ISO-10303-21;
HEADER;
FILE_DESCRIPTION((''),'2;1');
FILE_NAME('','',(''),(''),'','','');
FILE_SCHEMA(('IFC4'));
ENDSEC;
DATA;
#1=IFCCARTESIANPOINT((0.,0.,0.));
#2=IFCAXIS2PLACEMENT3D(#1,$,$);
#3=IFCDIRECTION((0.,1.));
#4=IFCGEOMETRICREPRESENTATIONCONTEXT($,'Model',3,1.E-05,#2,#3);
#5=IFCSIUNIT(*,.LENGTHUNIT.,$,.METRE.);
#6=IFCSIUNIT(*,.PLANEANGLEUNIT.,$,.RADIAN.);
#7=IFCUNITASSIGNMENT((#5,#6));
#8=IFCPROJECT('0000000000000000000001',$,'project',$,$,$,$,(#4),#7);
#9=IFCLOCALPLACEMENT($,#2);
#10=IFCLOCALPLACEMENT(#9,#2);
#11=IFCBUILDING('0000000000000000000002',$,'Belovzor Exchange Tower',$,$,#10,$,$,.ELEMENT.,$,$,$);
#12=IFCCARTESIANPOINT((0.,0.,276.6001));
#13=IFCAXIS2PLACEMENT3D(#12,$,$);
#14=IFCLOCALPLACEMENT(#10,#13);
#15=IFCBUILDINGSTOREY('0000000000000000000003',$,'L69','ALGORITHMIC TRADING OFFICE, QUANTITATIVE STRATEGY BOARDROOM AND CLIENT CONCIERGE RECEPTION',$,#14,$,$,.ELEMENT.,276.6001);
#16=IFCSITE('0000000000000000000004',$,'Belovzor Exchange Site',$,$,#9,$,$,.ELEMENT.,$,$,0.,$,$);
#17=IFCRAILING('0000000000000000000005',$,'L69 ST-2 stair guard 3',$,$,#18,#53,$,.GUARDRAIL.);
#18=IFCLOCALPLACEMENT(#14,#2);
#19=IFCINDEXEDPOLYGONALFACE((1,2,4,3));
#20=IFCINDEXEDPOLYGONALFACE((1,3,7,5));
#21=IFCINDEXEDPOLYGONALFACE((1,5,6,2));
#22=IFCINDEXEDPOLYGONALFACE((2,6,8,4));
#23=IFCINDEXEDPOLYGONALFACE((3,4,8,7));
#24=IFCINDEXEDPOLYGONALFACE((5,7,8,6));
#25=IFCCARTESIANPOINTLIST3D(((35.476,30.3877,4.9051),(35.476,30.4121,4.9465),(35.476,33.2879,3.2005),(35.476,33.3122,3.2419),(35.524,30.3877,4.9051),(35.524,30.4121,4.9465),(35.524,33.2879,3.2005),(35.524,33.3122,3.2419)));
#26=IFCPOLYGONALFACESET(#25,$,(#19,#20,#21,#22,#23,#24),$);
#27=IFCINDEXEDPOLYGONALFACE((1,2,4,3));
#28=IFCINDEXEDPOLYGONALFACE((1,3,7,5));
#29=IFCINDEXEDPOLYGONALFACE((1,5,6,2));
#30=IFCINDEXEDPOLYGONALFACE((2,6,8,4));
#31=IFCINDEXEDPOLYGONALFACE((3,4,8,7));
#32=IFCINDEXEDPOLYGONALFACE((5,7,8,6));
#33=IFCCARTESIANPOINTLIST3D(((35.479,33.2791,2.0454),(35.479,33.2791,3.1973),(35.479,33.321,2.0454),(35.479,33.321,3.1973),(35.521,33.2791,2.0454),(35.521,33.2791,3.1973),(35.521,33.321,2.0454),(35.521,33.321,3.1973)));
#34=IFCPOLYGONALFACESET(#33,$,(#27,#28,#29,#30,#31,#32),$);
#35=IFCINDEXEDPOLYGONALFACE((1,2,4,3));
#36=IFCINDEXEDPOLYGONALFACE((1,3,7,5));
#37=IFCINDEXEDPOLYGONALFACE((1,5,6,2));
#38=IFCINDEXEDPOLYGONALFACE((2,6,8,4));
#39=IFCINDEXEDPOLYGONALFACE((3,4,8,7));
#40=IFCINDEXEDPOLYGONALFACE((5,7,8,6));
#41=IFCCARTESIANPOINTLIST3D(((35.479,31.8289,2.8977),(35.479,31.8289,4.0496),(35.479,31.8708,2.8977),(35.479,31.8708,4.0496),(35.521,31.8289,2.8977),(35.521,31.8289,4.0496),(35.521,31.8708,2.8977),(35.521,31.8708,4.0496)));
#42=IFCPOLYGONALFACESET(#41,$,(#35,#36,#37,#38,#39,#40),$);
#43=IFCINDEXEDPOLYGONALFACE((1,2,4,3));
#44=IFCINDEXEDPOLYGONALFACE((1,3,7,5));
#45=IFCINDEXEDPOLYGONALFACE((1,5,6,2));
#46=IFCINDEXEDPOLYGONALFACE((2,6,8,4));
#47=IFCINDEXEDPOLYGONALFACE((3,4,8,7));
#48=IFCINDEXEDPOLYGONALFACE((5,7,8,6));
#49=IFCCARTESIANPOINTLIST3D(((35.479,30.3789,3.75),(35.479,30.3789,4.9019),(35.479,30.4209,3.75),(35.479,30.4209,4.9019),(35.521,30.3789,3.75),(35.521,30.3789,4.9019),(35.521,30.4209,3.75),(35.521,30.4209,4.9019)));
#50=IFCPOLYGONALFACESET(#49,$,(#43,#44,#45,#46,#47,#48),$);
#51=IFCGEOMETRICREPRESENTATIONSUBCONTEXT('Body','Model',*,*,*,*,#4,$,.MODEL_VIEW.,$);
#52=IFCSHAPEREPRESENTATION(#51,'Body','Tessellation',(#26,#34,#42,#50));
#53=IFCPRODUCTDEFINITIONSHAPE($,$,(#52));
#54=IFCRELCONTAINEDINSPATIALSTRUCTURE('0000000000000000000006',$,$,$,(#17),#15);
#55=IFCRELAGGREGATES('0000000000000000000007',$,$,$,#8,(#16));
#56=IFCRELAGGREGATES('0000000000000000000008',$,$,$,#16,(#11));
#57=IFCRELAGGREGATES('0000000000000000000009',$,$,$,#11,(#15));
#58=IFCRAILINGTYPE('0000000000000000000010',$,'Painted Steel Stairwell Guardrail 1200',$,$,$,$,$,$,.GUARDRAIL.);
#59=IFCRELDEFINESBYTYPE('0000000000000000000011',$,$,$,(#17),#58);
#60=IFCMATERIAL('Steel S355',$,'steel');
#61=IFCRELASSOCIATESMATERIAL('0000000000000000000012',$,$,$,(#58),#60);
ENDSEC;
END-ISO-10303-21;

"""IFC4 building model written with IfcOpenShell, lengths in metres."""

from ifc_helpers import new_model, si_unit, direction, frame, origin, origin_2d, place, context, subcontext, project, spatial, rectangle, extrude, material, type_object, element, save


model = new_model("IFC4")

# Units and contexts
model_context = context("Model", 3, precision=1e-05, world=origin(), true_north=direction((0.0, 1.0)))
body_context = subcontext(model_context, "Body", "Model", "MODEL_VIEW")
ifc_project = project(units=[si_unit("LENGTHUNIT", "METRE"), si_unit("PLANEANGLEUNIT", "RADIAN")], contexts=[model_context])

# Site, building, storey
site_placement = place(None, origin())
site = spatial("IfcSite", under=ifc_project, at=site_placement, Name="Belovzor Exchange Site", CompositionType="ELEMENT", RefElevation=0.0)
building_placement = place(site_placement, origin())
building = spatial("IfcBuilding", under=site, at=building_placement, Name="Belovzor Exchange Tower", CompositionType="ELEMENT")
storey_placement = place(building_placement, frame((0.0, 0.0, 276.6001)))
storey = spatial("IfcBuildingStorey", under=building, at=storey_placement, Name="L69", Description="ALGORITHMIC TRADING OFFICE, QUANTITATIVE STRATEGY BOARDROOM AND CLIENT CONCIERGE RECEPTION", CompositionType="ELEMENT", Elevation=276.6001)

# Railing
ifc_material_1 = material(Name="Steel S355", Category="steel")
railing_type_1 = type_object("IfcRailingType", Name="Painted Steel Stairwell Guardrail 1200", PredefinedType="GUARDRAIL", material=ifc_material_1)
railing_1_placement = place(storey_placement, frame((35.5, 33.3, 2.0454)))
element("IfcRailing", 1, at=railing_1_placement, inside=storey, type_object=railing_type_1, Name="L69 ST-2 stair guard 3", PredefinedType="GUARDRAIL", context=body_context, shape_type="SweptSolid", body=[
    extrude(rectangle(XDim=0.0481, YDim=0.0481, at=origin_2d()), frame((0.0, 0.0, 1.1758), z_axis=(0.0, -0.862113, 0.506716), x_axis=(1.0, 0.0, 0.0)), (0.0, 0.0, 1.0), 3.364),
    extrude(rectangle(XDim=0.042, YDim=0.042, at=origin_2d()), origin(), (0.0, 0.0, 1.0), 1.1519),
    extrude(rectangle(XDim=0.042, YDim=0.042, at=origin_2d()), frame((0.0, -1.4502, 0.8523)), (0.0, 0.0, 1.0), 1.1519),
    extrude(rectangle(XDim=0.042, YDim=0.042, at=origin_2d()), frame((0.0, -2.9001, 1.7046)), (0.0, 0.0, 1.0), 1.1519),
])

save(model, "model.ifc")
